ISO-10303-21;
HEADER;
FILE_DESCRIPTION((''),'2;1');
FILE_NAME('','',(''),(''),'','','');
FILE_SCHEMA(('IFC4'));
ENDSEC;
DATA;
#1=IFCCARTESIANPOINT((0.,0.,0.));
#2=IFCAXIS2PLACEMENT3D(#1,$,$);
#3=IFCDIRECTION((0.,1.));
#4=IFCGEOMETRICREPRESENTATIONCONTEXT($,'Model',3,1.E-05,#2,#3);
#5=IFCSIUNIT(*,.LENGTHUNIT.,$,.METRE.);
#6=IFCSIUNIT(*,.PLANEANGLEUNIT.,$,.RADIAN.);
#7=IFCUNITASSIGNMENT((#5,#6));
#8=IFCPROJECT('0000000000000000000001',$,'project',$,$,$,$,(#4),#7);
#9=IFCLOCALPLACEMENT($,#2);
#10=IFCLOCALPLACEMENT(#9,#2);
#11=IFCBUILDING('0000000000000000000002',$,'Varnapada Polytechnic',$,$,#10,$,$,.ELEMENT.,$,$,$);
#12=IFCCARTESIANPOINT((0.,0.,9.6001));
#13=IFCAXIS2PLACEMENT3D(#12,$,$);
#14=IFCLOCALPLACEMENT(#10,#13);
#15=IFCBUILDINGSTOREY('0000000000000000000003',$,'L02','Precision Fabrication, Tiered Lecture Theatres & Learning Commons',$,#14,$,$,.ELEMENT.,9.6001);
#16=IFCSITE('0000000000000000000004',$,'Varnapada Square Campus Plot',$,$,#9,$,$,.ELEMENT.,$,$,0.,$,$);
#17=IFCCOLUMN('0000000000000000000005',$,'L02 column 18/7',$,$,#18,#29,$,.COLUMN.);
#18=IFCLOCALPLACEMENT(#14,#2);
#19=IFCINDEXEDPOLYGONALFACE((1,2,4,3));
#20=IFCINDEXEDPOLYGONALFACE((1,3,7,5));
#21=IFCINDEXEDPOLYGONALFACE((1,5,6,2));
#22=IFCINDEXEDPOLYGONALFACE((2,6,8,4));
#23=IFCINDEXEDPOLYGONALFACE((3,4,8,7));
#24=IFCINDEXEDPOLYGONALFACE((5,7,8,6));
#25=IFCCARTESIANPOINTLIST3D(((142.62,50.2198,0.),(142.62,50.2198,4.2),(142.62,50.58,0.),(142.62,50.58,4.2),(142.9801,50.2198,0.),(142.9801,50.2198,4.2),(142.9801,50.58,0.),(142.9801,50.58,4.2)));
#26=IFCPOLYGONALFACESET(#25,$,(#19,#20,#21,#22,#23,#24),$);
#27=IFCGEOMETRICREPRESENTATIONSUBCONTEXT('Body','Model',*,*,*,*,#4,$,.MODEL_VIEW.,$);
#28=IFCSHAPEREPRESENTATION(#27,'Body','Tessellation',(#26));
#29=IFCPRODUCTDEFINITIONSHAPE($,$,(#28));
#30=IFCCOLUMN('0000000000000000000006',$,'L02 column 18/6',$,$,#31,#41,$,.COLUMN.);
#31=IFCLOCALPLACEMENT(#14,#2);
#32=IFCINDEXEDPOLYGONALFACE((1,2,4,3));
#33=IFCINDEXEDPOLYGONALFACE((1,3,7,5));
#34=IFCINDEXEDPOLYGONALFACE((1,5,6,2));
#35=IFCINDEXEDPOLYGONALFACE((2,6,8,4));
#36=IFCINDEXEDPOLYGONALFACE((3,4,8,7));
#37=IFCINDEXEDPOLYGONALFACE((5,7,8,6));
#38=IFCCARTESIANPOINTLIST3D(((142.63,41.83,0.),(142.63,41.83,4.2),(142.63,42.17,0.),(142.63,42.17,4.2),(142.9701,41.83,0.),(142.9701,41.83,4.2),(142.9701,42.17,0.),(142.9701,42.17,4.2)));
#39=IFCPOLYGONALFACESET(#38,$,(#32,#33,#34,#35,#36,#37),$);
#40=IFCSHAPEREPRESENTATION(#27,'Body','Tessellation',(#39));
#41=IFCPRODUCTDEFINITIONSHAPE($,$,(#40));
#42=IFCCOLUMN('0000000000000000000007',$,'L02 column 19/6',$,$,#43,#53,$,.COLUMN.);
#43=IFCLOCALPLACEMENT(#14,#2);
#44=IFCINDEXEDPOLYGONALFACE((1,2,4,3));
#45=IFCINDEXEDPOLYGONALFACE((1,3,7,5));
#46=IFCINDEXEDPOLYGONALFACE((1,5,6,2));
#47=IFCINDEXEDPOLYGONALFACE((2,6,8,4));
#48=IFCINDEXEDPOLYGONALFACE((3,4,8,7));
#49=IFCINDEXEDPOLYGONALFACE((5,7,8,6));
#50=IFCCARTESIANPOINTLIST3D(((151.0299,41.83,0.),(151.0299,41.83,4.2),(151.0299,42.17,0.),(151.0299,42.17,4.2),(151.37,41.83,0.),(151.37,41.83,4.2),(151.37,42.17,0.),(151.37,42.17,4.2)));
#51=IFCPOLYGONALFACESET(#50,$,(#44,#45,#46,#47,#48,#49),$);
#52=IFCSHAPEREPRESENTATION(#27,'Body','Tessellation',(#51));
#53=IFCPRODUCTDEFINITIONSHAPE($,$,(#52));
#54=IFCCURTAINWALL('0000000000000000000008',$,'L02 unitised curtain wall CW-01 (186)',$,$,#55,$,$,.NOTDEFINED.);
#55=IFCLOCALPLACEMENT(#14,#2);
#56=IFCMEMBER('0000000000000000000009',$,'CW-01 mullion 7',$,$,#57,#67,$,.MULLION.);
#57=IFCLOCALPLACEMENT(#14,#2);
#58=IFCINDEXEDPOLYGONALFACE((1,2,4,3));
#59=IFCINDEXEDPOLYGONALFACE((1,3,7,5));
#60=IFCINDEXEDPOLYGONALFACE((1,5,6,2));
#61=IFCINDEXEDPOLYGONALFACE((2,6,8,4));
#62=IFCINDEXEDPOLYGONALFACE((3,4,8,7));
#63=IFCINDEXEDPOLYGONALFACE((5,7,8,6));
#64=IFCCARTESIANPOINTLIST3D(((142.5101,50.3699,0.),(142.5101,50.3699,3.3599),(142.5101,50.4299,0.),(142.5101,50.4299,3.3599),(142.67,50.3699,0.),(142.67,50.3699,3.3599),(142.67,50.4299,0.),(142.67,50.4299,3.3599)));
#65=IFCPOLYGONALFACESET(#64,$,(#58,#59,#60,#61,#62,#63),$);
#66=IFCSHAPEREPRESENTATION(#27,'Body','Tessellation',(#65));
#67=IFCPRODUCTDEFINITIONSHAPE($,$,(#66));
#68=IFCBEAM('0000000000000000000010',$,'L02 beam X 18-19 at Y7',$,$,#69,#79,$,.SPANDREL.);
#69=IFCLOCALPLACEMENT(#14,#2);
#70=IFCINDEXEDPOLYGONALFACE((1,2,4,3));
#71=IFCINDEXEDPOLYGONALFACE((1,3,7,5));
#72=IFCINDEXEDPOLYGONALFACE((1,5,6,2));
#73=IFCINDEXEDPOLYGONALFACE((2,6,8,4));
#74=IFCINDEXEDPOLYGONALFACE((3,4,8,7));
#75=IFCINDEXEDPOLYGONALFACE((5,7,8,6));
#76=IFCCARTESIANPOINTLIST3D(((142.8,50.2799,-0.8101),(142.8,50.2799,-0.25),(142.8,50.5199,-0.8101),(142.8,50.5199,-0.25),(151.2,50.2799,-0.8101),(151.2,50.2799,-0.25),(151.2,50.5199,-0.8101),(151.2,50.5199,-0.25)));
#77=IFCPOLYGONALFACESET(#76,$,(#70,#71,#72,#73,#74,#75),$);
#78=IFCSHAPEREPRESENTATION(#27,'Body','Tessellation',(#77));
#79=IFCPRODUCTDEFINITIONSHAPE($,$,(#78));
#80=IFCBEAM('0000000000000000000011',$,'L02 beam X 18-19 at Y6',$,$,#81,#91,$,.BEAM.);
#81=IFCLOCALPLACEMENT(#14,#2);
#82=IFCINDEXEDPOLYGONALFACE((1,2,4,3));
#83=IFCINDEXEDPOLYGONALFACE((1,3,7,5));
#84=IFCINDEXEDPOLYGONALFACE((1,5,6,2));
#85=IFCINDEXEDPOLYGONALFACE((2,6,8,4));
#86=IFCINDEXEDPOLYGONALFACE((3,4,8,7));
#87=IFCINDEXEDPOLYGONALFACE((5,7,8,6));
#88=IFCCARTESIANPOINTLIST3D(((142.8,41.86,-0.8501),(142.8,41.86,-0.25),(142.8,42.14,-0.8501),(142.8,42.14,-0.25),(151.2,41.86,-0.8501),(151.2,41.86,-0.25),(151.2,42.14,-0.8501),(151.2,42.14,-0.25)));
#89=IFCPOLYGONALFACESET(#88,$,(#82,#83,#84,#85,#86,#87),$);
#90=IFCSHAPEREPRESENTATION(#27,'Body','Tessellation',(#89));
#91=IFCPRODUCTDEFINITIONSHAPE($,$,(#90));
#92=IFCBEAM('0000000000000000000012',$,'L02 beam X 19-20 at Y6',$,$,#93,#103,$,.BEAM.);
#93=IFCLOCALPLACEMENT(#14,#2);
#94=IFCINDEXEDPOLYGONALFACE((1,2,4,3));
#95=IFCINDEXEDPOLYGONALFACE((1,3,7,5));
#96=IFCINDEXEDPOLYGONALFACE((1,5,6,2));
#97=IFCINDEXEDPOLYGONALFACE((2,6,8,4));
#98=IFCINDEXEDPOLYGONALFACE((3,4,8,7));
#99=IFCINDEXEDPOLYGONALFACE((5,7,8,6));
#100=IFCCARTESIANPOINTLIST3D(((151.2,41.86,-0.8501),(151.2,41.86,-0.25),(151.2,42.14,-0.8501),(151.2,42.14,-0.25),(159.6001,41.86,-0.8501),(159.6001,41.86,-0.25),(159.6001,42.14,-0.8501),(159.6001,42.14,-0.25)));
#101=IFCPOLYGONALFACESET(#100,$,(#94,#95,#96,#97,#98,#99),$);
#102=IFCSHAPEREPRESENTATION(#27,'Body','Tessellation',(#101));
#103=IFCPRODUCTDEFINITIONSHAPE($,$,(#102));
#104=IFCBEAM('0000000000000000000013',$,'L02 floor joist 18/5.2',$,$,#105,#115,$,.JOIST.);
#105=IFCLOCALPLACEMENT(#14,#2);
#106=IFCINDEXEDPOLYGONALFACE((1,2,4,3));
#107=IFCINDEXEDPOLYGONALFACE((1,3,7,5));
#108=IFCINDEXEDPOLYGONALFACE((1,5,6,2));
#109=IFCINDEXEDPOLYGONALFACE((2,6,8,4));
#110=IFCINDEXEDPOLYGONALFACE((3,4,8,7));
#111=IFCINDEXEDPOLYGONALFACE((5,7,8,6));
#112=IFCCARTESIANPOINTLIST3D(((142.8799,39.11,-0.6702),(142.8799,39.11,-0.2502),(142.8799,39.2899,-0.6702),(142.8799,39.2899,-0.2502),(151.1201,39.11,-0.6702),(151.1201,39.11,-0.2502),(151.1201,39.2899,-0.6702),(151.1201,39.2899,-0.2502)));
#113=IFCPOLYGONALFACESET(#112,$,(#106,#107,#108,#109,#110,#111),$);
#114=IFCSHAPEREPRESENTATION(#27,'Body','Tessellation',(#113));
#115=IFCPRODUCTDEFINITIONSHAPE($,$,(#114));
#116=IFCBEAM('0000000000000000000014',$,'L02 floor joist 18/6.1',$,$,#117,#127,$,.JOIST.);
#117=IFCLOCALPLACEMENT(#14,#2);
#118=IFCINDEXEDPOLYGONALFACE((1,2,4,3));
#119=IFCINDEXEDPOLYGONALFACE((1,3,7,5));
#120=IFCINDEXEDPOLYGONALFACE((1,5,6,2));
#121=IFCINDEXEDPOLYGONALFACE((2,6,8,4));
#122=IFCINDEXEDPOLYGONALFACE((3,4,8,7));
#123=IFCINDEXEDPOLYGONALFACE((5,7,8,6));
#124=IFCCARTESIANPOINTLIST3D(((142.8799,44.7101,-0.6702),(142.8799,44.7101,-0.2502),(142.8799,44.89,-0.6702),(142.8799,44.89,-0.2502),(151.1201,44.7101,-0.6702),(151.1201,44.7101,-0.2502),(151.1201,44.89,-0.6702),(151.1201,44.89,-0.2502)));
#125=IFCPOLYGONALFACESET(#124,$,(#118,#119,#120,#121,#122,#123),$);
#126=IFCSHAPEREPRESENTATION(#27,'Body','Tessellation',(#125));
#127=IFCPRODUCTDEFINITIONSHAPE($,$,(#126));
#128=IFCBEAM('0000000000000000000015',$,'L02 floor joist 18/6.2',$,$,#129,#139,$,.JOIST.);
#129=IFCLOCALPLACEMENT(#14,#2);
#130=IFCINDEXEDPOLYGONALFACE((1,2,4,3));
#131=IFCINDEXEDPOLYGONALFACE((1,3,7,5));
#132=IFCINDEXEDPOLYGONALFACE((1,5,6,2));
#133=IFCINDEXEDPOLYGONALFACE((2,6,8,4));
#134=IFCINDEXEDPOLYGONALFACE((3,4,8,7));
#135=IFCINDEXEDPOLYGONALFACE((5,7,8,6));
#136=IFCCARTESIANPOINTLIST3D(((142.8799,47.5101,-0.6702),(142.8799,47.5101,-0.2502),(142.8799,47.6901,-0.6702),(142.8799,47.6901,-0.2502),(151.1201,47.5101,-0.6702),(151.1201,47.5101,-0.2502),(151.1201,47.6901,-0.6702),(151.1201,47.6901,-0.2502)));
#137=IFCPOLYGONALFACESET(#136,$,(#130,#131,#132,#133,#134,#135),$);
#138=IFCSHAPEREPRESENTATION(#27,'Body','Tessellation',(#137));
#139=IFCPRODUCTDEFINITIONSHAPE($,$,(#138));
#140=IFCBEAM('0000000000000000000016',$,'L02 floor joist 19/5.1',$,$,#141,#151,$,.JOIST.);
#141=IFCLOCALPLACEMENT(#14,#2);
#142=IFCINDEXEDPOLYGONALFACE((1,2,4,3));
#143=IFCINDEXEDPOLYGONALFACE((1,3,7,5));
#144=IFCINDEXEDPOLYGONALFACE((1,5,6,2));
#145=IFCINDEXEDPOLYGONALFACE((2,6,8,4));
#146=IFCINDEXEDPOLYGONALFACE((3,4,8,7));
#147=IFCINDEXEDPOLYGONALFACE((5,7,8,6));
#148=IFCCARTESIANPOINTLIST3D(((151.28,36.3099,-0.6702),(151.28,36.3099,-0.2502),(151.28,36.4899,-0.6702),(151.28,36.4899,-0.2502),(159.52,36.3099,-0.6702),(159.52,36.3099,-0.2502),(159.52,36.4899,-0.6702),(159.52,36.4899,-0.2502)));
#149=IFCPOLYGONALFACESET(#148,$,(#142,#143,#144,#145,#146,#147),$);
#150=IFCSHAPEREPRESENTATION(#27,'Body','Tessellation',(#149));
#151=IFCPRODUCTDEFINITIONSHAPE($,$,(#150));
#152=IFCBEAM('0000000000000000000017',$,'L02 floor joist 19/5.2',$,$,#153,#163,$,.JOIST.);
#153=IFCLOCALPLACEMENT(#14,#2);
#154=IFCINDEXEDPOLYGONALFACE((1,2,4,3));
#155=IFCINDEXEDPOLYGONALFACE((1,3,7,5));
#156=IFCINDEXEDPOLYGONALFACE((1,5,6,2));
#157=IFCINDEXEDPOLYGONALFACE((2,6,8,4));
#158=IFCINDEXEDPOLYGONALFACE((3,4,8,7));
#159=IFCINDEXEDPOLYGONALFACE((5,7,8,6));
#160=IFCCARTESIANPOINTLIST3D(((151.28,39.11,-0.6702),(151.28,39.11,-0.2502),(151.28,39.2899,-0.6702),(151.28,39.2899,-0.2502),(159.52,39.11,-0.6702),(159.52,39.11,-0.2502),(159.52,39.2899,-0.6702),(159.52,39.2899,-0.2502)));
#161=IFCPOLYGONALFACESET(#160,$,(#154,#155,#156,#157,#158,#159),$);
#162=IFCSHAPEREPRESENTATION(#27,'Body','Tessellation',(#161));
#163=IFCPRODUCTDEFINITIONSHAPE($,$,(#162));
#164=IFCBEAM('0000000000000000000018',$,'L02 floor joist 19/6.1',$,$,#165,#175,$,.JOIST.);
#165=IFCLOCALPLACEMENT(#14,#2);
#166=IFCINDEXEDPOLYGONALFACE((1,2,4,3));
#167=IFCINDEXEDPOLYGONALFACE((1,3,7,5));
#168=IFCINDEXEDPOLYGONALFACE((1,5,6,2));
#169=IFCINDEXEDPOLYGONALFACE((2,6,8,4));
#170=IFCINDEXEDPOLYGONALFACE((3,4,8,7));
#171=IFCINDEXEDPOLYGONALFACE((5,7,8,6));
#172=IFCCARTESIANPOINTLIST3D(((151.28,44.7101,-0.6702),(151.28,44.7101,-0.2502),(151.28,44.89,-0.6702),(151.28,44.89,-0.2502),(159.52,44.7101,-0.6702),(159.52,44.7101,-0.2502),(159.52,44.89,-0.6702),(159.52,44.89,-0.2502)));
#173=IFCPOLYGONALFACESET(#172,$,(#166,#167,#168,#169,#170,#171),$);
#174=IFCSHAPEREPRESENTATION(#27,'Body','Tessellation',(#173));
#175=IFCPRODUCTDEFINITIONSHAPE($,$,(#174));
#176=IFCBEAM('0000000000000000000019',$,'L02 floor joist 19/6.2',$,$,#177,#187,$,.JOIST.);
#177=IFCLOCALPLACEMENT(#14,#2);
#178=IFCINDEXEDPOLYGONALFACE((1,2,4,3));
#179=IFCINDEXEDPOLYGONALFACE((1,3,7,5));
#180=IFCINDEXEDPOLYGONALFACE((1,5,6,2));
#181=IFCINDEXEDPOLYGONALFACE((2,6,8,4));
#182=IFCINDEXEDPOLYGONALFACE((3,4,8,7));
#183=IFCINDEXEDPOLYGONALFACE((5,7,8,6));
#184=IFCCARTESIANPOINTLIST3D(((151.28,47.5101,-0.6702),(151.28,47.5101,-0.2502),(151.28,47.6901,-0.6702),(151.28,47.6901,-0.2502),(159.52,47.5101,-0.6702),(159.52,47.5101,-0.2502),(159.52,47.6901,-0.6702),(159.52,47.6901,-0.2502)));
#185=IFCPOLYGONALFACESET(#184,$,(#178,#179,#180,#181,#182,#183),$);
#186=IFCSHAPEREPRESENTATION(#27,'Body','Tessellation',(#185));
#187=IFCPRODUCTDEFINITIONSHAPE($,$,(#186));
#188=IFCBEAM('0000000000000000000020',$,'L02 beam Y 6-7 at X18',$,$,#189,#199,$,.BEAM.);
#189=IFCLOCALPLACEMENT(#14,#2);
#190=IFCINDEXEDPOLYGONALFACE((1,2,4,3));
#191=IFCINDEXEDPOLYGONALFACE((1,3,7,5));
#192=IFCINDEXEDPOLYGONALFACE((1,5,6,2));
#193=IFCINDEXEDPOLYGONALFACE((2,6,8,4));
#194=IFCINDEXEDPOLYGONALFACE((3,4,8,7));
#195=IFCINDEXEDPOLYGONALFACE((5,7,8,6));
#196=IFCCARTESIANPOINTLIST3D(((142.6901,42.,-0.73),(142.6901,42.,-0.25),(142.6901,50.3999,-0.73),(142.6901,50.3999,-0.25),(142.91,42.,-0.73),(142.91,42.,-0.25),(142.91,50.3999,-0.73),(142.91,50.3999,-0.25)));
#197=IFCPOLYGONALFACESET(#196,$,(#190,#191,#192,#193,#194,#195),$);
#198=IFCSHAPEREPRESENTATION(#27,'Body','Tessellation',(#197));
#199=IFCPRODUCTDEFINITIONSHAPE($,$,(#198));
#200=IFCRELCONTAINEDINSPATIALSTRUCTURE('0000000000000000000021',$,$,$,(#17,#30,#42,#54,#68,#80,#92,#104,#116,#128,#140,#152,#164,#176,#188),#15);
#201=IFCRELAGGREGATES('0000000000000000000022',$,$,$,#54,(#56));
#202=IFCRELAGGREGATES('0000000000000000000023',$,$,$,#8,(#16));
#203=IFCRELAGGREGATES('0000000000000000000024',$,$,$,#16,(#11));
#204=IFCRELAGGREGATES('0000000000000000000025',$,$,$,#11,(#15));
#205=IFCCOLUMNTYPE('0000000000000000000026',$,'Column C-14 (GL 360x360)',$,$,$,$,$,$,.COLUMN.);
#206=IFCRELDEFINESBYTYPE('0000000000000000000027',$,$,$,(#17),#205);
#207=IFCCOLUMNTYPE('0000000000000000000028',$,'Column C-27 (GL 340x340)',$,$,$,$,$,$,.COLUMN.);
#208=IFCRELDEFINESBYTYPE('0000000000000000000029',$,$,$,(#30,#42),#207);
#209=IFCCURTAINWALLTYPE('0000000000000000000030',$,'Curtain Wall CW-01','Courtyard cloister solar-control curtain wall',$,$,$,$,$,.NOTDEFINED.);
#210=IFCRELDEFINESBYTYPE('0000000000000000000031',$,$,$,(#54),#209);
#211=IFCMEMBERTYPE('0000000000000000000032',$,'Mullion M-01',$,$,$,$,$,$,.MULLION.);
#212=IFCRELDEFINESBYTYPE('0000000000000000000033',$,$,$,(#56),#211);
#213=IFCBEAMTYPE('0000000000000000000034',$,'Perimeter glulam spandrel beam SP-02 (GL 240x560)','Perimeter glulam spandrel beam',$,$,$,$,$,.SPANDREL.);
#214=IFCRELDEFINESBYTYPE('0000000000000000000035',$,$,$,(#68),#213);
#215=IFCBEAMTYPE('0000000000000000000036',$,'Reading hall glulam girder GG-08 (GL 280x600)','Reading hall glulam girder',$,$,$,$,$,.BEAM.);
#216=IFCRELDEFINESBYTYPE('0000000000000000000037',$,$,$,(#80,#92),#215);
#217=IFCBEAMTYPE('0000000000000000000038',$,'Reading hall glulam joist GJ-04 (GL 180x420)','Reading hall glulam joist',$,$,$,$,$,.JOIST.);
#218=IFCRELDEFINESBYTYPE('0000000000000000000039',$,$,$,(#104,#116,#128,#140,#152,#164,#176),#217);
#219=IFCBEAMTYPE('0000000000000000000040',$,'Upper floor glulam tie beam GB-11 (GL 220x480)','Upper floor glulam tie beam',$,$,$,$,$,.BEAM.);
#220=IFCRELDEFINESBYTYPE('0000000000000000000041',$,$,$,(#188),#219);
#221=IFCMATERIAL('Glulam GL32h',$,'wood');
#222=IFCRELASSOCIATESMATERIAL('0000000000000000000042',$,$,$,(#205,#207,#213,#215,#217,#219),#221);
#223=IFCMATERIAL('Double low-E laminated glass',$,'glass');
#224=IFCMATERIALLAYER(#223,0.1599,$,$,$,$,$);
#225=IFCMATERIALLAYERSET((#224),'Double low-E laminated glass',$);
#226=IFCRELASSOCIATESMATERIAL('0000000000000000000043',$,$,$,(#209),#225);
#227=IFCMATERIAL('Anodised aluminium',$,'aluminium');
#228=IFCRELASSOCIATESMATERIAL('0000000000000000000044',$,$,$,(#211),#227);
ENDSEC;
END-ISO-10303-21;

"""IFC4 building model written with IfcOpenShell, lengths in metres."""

from ifc_helpers import new_model, si_unit, direction, frame, origin, origin_2d, place, context, subcontext, project, spatial, rectangle, extrude, material, layer, layer_set, material_profile, profile_set, type_object, element, aggregate, save


model = new_model("IFC4")

# Units and contexts
model_context = context("Model", 3, precision=1e-05, world=origin(), true_north=direction((0.0, 1.0)))
body_context = subcontext(model_context, "Body", "Model", "MODEL_VIEW")
ifc_project = project(units=[si_unit("LENGTHUNIT", "METRE"), si_unit("PLANEANGLEUNIT", "RADIAN")], contexts=[model_context])

# Site, building, storey
site_placement = place(None, origin())
site = spatial("IfcSite", under=ifc_project, at=site_placement, Name="Varnapada Square Campus Plot", CompositionType="ELEMENT", RefElevation=0.0)
building_placement = place(site_placement, origin())
building = spatial("IfcBuilding", under=site, at=building_placement, Name="Varnapada Polytechnic", CompositionType="ELEMENT")
storey_placement = place(building_placement, frame((0.0, 0.0, 9.6001)))
storey = spatial("IfcBuildingStorey", under=building, at=storey_placement, Name="L02", Description="Precision Fabrication, Tiered Lecture Theatres & Learning Commons", CompositionType="ELEMENT", Elevation=9.6001)

# Columns
ifc_material_1 = material(Name="Glulam GL32h", Category="wood")
ifc_material_profile_1 = material_profile(ifc_material_1, rectangle(XDim=0.3601, YDim=0.3601, at=origin_2d()), Name="GL 360x360")
ifc_profile_set_1 = profile_set([ifc_material_profile_1], Name="Glulam GL32h")
column_type_1 = type_object("IfcColumnType", Name="Column C-14 (GL 360x360)", PredefinedType="COLUMN", material=ifc_profile_set_1)
column_placement = place(storey_placement, frame((142.8, 50.3999, 0.0), z_axis=(0.0, 0.0, 1.0), x_axis=(1.0, 0.0, 0.0)))
element("IfcColumn", 1, at=column_placement, inside=storey, type_object=column_type_1, Name="L02 column 18/7", PredefinedType="COLUMN", context=body_context, shape_type="SweptSolid", body=[
    extrude(rectangle(XDim=0.3601, YDim=0.3601, at=origin_2d()), origin(), (0.0, 0.0, 1.0), 4.2),
])
ifc_material_profile_2 = material_profile(ifc_material_1, rectangle(XDim=0.3401, YDim=0.3401, at=origin_2d()), Name="GL 340x340")
ifc_profile_set_2 = profile_set([ifc_material_profile_2], Name="Glulam GL32h")
column_type_2 = type_object("IfcColumnType", Name="Column C-27 (GL 340x340)", PredefinedType="COLUMN", material=ifc_profile_set_2)
for number, where, z_axis, x_axis, name in (
    (2, (142.8, 42.0, 0.0), (0.0, 0.0, 1.0), (1.0, 0.0, 0.0), "L02 column 18/6"),
    (3, (151.2, 42.0, 0.0), (0.0, 0.0, 1.0), (1.0, 0.0, 0.0), "L02 column 19/6"),
):
    element("IfcColumn", number, at=place(storey_placement, frame(where, z_axis=z_axis, x_axis=x_axis)), inside=storey, type_object=column_type_2, Name=name, PredefinedType="COLUMN", context=body_context, shape_type="SweptSolid", body=[
        extrude(rectangle(XDim=0.3401, YDim=0.3401, at=origin_2d()), origin(), (0.0, 0.0, 1.0), 4.2),
    ])

# Curtain wall, member
ifc_material_2 = material(Name="Double low-E laminated glass", Category="glass")
ifc_layer_1 = layer(ifc_material_2, 0.1599)
ifc_layer_set_1 = layer_set([ifc_layer_1], Name="Double low-E laminated glass")
curtain_wall_type = type_object("IfcCurtainWallType", Name="Curtain Wall CW-01", Description="Courtyard cloister solar-control curtain wall", PredefinedType="NOTDEFINED", material=ifc_layer_set_1)
curtain_wall_placement = place(storey_placement, origin())
curtain_wall = element("IfcCurtainWall", 4, at=curtain_wall_placement, inside=storey, type_object=curtain_wall_type, Name="L02 unitised curtain wall CW-01 (186)", PredefinedType="NOTDEFINED")
ifc_material_3 = material(Name="Anodised aluminium", Category="aluminium")
ifc_material_profile_3 = material_profile(ifc_material_3, rectangle(XDim=0.0601, YDim=0.1599, at=origin_2d()), Name="ALU M60x160")
ifc_profile_set_3 = profile_set([ifc_material_profile_3], Name="Anodised aluminium")
member_type = type_object("IfcMemberType", Name="Mullion M-01", PredefinedType="MULLION", material=ifc_profile_set_3)
member_placement = place(storey_placement, frame((142.5901, 50.3999, 0.0), z_axis=(0.0, 0.0, 1.0), x_axis=(0.0, 1.0, 0.0)))
member = element("IfcMember", 5, at=member_placement, type_object=member_type, Name="CW-01 mullion 7", PredefinedType="MULLION", context=body_context, shape_type="SweptSolid", body=[
    extrude(rectangle(XDim=0.0601, YDim=0.1599, at=origin_2d()), origin(), (0.0, 0.0, 1.0), 3.3599),
])
aggregate(curtain_wall, [member])

# Beams
ifc_material_profile_4 = material_profile(ifc_material_1, rectangle(XDim=0.24, YDim=0.5601, at=origin_2d()), Name="GL 240x560")
ifc_profile_set_4 = profile_set([ifc_material_profile_4], Name="Glulam GL32h")
beam_type_1 = type_object("IfcBeamType", Name="Perimeter glulam spandrel beam SP-02 (GL 240x560)", Description="Perimeter glulam spandrel beam", PredefinedType="SPANDREL", material=ifc_profile_set_4)
beam_1_placement = place(storey_placement, frame((142.8, 50.3999, -0.53), z_axis=(1.0, 0.0, 0.0), x_axis=(0.0, 1.0, 0.0)))
element("IfcBeam", 6, at=beam_1_placement, inside=storey, type_object=beam_type_1, Name="L02 beam X 18-19 at Y7", PredefinedType="SPANDREL", context=body_context, shape_type="SweptSolid", body=[
    extrude(rectangle(XDim=0.24, YDim=0.5601, at=origin_2d()), origin(), (0.0, 0.0, 1.0), 8.3999),
])
ifc_material_profile_5 = material_profile(ifc_material_1, rectangle(XDim=0.28, YDim=0.6001, at=origin_2d()), Name="GL 280x600")
ifc_profile_set_5 = profile_set([ifc_material_profile_5], Name="Glulam GL32h")
beam_type_2 = type_object("IfcBeamType", Name="Reading hall glulam girder GG-08 (GL 280x600)", Description="Reading hall glulam girder", PredefinedType="BEAM", material=ifc_profile_set_5)
beam_2_placement = place(storey_placement, frame((142.8, 42.0, -0.55), z_axis=(1.0, 0.0, 0.0), x_axis=(0.0, 1.0, 0.0)))
element("IfcBeam", 7, at=beam_2_placement, inside=storey, type_object=beam_type_2, Name="L02 beam X 18-19 at Y6", PredefinedType="BEAM", context=body_context, shape_type="SweptSolid", body=[
    extrude(rectangle(XDim=0.28, YDim=0.6001, at=origin_2d()), origin(), (0.0, 0.0, 1.0), 8.3999),
])
beam_3_placement = place(storey_placement, frame((151.2, 42.0, -0.55), z_axis=(1.0, 0.0, 0.0), x_axis=(0.0, 1.0, 0.0)))
element("IfcBeam", 8, at=beam_3_placement, inside=storey, type_object=beam_type_2, Name="L02 beam X 19-20 at Y6", PredefinedType="BEAM", context=body_context, shape_type="SweptSolid", body=[
    extrude(rectangle(XDim=0.28, YDim=0.6001, at=origin_2d()), origin(), (0.0, 0.0, 1.0), 8.4001),
])
ifc_material_profile_6 = material_profile(ifc_material_1, rectangle(XDim=0.1799, YDim=0.4199, at=origin_2d()), Name="GL 180x420")
ifc_profile_set_6 = profile_set([ifc_material_profile_6], Name="Glulam GL32h")
beam_type_3 = type_object("IfcBeamType", Name="Reading hall glulam joist GJ-04 (GL 180x420)", Description="Reading hall glulam joist", PredefinedType="JOIST", material=ifc_profile_set_6)
for number, where, z_axis, x_axis, name in (
    (9, (142.8799, 39.2, -0.4602), (1.0, 0.0, 0.0), (0.0, 1.0, 0.0), "L02 floor joist 18/5.2"),
    (10, (142.8799, 44.8, -0.4602), (1.0, 0.0, 0.0), (0.0, 1.0, 0.0), "L02 floor joist 18/6.1"),
    (11, (142.8799, 47.6001, -0.4602), (1.0, 0.0, 0.0), (0.0, 1.0, 0.0), "L02 floor joist 18/6.2"),
):
    element("IfcBeam", number, at=place(storey_placement, frame(where, z_axis=z_axis, x_axis=x_axis)), inside=storey, type_object=beam_type_3, Name=name, PredefinedType="JOIST", context=body_context, shape_type="SweptSolid", body=[
        extrude(rectangle(XDim=0.1799, YDim=0.4199, at=origin_2d()), origin(), (0.0, 0.0, 1.0), 8.2402),
    ])
for number, where, z_axis, x_axis, name in (
    (12, (151.28, 36.3999, -0.4602), (1.0, 0.0, 0.0), (0.0, 1.0, 0.0), "L02 floor joist 19/5.1"),
    (13, (151.28, 39.2, -0.4602), (1.0, 0.0, 0.0), (0.0, 1.0, 0.0), "L02 floor joist 19/5.2"),
    (14, (151.28, 44.8, -0.4602), (1.0, 0.0, 0.0), (0.0, 1.0, 0.0), "L02 floor joist 19/6.1"),
    (15, (151.28, 47.6001, -0.4602), (1.0, 0.0, 0.0), (0.0, 1.0, 0.0), "L02 floor joist 19/6.2"),
):
    element("IfcBeam", number, at=place(storey_placement, frame(where, z_axis=z_axis, x_axis=x_axis)), inside=storey, type_object=beam_type_3, Name=name, PredefinedType="JOIST", context=body_context, shape_type="SweptSolid", body=[
        extrude(rectangle(XDim=0.1799, YDim=0.4199, at=origin_2d()), origin(), (0.0, 0.0, 1.0), 8.24),
    ])
ifc_material_profile_7 = material_profile(ifc_material_1, rectangle(XDim=0.22, YDim=0.48, at=origin_2d()), Name="GL 220x480")
ifc_profile_set_7 = profile_set([ifc_material_profile_7], Name="Glulam GL32h")
beam_type_4 = type_object("IfcBeamType", Name="Upper floor glulam tie beam GB-11 (GL 220x480)", Description="Upper floor glulam tie beam", PredefinedType="BEAM", material=ifc_profile_set_7)
for number, where, z_axis, x_axis, name in (
    (16, (142.8, 42.0, -0.49), (0.0, 1.0, 0.0), (-1.0, 0.0, 0.0), "L02 beam Y 6-7 at X18"),
):
    element("IfcBeam", number, at=place(storey_placement, frame(where, z_axis=z_axis, x_axis=x_axis)), inside=storey, type_object=beam_type_4, Name=name, PredefinedType="BEAM", context=body_context, shape_type="SweptSolid", body=[
        extrude(rectangle(XDim=0.22, YDim=0.48, at=origin_2d()), origin(), (0.0, 0.0, 1.0), 8.3999),
    ])

save(model, "model.ifc")
